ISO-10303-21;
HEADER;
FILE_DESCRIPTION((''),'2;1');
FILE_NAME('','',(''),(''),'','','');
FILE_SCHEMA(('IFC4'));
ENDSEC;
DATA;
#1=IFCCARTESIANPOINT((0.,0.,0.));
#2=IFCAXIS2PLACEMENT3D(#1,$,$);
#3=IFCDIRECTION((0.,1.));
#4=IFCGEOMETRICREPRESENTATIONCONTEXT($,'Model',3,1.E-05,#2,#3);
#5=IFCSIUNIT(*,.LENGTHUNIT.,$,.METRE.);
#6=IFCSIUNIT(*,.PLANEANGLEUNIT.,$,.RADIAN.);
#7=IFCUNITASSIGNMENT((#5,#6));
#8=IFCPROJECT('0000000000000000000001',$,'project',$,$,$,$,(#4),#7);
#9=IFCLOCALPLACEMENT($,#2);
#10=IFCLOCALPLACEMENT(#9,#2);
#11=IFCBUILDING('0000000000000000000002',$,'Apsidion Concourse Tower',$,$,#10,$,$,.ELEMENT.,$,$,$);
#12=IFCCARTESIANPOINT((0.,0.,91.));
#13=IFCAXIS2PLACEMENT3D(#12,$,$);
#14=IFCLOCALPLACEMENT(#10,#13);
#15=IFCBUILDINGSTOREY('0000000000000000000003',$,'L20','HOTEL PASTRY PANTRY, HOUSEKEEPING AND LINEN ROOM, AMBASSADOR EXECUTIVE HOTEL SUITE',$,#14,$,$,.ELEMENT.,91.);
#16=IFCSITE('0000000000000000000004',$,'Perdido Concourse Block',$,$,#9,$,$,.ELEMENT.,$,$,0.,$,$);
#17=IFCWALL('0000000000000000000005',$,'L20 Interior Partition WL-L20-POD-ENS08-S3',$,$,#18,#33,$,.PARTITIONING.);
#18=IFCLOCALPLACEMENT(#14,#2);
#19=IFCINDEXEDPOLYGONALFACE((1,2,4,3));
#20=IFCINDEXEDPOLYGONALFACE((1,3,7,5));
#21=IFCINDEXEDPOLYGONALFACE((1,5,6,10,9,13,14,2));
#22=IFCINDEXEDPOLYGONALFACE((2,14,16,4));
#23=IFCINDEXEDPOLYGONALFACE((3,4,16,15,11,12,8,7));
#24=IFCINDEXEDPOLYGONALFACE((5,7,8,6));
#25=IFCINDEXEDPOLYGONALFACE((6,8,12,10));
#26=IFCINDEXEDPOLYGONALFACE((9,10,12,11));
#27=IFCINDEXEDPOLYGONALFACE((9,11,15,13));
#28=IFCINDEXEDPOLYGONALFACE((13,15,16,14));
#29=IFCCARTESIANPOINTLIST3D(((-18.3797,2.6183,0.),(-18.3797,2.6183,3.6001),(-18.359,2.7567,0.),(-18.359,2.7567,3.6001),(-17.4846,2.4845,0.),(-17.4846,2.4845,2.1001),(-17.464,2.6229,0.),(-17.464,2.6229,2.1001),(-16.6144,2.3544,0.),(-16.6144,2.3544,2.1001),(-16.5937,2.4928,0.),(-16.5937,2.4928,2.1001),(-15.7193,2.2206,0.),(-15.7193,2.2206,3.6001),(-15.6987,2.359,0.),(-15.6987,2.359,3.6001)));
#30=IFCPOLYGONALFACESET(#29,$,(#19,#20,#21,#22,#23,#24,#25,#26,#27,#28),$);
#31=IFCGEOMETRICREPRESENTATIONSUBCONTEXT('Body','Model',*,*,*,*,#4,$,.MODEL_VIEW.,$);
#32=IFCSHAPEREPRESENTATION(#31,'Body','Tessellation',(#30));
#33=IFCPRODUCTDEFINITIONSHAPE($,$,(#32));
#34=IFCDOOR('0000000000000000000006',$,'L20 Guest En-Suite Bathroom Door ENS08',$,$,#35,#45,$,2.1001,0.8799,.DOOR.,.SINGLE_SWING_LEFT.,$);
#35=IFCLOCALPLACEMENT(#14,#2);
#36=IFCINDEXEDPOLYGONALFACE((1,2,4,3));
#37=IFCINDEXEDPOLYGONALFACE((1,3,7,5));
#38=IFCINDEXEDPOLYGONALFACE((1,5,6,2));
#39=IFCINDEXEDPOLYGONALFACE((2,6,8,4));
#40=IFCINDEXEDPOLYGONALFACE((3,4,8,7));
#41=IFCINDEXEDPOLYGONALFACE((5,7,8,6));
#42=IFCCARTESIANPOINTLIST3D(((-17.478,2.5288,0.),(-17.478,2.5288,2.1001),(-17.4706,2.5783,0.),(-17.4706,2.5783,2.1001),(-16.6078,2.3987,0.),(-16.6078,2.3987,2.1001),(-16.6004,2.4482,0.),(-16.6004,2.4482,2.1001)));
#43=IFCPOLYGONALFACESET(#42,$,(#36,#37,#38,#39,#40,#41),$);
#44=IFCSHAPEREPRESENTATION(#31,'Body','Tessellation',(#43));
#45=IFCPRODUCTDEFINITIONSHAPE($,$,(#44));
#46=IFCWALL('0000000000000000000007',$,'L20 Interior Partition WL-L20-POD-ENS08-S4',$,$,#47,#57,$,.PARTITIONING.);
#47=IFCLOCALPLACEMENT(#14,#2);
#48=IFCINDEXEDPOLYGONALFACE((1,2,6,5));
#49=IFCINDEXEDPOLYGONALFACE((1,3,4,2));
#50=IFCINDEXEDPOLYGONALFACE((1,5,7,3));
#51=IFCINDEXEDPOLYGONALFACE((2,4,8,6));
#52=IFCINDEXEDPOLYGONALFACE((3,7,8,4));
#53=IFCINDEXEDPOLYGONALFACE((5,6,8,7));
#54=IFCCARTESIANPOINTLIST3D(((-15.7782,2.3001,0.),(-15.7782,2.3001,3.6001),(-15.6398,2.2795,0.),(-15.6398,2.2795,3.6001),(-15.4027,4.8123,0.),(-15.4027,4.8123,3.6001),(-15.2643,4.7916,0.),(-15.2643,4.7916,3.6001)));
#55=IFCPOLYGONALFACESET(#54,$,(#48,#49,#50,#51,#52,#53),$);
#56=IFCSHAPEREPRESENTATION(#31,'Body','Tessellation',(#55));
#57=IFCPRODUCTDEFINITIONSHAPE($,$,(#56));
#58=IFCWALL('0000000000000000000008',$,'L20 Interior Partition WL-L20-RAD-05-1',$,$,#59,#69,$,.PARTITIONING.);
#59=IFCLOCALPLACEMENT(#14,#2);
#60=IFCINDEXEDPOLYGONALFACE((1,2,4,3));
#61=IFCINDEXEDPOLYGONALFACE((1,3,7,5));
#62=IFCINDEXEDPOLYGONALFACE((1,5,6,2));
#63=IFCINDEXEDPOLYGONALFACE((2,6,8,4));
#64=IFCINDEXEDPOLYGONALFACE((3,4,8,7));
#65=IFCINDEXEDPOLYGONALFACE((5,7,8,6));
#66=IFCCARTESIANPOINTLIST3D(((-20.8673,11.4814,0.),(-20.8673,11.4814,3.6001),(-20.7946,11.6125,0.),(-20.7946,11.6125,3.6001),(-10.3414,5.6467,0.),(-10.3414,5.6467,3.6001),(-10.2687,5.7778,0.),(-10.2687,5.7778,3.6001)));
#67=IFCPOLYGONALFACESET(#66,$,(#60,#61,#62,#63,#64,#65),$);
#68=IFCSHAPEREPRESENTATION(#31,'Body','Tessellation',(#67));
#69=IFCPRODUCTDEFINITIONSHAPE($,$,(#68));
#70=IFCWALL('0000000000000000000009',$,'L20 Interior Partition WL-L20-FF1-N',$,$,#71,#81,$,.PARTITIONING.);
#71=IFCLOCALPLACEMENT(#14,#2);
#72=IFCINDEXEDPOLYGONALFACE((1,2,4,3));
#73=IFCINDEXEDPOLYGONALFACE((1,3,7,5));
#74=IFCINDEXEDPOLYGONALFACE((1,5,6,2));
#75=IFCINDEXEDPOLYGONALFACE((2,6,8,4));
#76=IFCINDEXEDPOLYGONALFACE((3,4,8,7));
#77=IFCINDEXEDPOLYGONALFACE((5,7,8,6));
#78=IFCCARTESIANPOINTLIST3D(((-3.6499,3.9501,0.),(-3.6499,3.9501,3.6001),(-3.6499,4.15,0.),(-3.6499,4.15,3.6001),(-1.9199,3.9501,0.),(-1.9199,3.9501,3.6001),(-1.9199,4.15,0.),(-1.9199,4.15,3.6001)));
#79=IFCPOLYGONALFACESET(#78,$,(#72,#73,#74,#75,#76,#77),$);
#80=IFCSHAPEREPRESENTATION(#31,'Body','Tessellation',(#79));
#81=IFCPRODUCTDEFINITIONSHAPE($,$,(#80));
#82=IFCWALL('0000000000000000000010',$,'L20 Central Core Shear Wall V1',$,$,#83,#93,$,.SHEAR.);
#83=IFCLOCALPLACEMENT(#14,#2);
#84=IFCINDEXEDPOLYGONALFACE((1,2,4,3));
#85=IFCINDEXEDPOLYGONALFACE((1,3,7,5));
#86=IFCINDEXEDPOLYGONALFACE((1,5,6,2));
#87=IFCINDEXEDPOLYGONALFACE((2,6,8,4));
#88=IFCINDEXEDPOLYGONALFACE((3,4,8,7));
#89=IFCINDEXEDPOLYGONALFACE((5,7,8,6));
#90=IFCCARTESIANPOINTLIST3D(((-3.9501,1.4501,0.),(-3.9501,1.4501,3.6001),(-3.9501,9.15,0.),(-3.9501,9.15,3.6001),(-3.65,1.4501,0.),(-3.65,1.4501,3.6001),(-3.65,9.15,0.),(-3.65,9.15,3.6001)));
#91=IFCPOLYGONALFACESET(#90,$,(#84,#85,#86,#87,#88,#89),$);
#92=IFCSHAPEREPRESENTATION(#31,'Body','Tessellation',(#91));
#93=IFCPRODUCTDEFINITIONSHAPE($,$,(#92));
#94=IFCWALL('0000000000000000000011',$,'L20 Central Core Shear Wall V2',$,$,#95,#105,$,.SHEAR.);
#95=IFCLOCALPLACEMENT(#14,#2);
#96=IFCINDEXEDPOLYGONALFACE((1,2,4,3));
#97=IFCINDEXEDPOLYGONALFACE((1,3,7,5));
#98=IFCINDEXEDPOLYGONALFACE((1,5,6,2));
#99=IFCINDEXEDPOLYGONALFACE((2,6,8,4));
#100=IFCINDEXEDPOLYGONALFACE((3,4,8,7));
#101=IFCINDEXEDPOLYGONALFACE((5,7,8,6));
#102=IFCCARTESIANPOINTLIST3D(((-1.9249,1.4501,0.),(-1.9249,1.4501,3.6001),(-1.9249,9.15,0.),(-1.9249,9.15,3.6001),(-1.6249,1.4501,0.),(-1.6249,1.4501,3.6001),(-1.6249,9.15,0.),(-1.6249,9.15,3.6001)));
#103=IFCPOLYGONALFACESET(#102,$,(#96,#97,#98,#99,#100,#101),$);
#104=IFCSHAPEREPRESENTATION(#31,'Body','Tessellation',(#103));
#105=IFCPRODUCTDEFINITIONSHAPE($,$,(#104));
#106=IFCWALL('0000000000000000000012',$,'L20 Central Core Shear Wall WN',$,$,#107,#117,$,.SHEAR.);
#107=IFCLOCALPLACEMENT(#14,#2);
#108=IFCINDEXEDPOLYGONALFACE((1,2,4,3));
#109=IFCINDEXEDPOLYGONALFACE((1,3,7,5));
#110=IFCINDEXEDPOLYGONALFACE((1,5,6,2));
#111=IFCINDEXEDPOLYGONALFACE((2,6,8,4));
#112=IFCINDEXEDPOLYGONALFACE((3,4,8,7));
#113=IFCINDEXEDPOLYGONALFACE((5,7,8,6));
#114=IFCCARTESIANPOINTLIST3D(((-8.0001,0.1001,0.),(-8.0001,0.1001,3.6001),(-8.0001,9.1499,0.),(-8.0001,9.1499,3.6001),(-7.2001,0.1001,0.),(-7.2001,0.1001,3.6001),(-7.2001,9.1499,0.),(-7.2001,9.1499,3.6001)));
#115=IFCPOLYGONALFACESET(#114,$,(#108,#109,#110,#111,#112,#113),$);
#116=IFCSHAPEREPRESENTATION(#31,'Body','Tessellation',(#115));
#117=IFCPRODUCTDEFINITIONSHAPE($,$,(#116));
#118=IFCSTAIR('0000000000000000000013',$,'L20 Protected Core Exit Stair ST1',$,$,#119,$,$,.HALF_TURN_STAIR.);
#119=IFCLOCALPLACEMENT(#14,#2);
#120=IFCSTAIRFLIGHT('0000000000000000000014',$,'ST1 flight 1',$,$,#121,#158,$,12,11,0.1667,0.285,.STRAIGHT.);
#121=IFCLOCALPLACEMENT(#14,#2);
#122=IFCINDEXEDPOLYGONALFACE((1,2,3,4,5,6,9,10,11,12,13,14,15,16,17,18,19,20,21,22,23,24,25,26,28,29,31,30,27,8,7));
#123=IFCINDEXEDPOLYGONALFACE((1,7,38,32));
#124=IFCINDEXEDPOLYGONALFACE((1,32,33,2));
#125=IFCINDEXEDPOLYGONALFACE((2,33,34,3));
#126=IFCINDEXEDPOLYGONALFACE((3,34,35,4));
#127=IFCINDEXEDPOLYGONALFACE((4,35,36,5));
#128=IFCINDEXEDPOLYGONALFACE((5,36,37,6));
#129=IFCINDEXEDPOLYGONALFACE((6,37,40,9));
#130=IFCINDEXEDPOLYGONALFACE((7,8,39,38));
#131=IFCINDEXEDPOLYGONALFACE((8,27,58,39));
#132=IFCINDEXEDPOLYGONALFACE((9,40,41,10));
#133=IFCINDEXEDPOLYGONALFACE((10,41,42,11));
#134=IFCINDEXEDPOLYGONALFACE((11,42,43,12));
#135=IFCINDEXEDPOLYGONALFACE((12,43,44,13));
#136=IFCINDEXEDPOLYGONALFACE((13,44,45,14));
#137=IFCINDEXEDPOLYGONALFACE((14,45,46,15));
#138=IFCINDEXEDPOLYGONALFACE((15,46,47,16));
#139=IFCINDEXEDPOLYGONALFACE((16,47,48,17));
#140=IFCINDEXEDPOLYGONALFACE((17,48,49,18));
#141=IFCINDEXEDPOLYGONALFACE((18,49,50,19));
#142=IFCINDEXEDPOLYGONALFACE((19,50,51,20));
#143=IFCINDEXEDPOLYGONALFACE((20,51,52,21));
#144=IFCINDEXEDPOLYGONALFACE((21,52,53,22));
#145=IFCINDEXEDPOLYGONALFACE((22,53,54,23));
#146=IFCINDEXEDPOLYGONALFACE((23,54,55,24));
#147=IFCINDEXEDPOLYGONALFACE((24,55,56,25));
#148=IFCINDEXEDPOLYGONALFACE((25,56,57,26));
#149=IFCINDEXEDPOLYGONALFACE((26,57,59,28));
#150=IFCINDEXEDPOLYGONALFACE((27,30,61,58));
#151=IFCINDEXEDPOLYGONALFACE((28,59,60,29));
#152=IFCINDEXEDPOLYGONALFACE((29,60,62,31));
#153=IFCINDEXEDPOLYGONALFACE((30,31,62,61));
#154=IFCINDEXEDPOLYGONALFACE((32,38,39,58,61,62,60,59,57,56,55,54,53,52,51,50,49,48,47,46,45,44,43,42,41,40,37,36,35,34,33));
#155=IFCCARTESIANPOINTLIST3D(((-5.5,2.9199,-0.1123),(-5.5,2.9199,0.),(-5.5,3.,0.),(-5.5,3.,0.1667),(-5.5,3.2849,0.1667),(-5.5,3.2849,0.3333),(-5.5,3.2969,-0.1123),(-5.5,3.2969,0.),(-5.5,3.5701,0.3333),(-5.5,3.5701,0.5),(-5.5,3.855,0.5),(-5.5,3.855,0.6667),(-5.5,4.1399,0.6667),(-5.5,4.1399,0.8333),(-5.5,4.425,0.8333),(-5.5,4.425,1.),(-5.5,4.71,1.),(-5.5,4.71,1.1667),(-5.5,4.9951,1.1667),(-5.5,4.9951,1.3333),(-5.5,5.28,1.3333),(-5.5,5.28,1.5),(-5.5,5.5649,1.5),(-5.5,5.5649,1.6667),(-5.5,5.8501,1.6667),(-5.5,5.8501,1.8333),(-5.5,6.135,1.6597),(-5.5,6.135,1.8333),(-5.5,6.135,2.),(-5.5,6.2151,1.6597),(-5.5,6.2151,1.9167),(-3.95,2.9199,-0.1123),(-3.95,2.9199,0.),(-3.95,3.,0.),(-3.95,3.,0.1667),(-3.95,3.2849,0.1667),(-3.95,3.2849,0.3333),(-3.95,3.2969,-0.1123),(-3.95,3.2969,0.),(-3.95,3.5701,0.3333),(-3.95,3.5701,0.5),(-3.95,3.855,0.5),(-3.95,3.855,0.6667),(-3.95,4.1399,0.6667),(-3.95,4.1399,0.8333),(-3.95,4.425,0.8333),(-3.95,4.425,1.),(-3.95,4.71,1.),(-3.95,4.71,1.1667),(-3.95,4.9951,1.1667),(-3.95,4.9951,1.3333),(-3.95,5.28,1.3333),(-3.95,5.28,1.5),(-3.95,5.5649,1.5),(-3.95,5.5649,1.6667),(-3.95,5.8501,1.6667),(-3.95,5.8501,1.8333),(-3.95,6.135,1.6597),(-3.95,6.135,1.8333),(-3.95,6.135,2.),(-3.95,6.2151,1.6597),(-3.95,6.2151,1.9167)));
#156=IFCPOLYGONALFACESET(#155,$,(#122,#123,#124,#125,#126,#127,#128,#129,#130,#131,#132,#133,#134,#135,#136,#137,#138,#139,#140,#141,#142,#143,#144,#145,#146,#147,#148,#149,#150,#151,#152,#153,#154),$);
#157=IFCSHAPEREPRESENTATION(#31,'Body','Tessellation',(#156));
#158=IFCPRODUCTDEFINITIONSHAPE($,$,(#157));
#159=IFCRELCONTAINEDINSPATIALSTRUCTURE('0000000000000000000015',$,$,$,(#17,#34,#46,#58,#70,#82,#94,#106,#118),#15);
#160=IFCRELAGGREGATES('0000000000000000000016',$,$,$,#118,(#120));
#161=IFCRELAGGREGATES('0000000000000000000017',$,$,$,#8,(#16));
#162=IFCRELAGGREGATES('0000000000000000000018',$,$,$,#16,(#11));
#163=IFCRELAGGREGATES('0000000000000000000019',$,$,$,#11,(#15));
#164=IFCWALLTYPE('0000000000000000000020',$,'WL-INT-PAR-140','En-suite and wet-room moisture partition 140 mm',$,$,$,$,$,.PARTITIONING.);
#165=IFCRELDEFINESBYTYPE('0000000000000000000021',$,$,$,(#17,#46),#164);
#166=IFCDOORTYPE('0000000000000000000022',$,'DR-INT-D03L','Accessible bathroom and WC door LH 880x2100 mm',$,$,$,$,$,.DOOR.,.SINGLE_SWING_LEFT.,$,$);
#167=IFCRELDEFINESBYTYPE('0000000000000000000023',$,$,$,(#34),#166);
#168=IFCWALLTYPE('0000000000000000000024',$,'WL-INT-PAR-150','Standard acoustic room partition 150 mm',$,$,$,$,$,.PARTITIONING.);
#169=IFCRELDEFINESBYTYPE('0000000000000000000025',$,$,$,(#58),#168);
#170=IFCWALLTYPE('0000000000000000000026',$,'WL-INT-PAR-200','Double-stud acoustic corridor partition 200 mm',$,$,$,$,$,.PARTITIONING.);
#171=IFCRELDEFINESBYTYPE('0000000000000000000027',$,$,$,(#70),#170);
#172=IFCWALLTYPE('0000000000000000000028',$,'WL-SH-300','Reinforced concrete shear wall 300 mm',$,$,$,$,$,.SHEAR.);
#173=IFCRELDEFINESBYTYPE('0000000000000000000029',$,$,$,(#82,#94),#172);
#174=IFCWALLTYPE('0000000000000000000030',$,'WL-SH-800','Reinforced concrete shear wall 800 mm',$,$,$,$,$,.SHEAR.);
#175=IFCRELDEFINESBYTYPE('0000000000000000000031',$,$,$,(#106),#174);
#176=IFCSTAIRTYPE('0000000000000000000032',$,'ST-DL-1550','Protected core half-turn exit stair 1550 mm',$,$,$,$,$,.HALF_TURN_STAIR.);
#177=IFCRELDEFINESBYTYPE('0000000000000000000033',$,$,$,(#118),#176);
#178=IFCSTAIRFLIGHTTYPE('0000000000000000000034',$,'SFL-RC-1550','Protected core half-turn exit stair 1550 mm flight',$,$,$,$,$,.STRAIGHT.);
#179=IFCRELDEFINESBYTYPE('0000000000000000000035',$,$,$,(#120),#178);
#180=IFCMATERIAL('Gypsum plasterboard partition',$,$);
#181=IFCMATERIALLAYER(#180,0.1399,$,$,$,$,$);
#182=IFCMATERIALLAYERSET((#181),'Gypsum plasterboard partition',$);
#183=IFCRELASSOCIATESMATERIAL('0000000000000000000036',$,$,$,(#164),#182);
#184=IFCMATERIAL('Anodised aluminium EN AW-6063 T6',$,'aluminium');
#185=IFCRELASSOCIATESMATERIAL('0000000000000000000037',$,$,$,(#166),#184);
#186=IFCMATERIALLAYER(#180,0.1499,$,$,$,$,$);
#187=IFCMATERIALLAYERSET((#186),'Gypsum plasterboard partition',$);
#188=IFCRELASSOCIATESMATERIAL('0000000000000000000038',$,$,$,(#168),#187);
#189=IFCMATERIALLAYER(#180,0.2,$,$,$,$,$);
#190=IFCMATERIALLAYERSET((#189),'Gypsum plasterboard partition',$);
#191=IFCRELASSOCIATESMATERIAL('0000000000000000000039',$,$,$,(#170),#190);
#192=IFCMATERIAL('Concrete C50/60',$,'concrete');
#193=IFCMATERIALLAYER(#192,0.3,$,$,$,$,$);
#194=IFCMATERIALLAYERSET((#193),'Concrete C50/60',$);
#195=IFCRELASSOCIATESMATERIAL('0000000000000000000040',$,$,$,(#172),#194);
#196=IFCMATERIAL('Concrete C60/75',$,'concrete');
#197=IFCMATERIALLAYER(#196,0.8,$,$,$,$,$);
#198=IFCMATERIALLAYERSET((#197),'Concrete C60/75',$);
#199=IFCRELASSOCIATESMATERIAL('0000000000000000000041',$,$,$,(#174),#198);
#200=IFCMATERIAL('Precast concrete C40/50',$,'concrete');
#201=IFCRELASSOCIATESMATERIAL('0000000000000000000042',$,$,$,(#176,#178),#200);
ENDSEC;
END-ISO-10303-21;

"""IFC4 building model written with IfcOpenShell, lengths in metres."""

from ifc_helpers import new_model, si_unit, direction, frame, frame_2d, origin, place, context, subcontext, project, spatial, polyline, rectangle, outline, extrude, material, layer, layer_set, type_object, element, fill, aggregate, save


model = new_model("IFC4")

# Units and contexts
model_context = context("Model", 3, precision=1e-05, world=origin(), true_north=direction((0.0, 1.0)))
body_context = subcontext(model_context, "Body", "Model", "MODEL_VIEW")
ifc_project = project(units=[si_unit("LENGTHUNIT", "METRE"), si_unit("PLANEANGLEUNIT", "RADIAN")], contexts=[model_context])

# Site, building, storey
site_placement = place(None, origin())
site = spatial("IfcSite", under=ifc_project, at=site_placement, Name="Perdido Concourse Block", CompositionType="ELEMENT", RefElevation=0.0)
building_placement = place(site_placement, origin())
building = spatial("IfcBuilding", under=site, at=building_placement, Name="Apsidion Concourse Tower", CompositionType="ELEMENT")
storey_placement = place(building_placement, frame((0.0, 0.0, 91.0)))
storey = spatial("IfcBuildingStorey", under=building, at=storey_placement, Name="L20", Description="HOTEL PASTRY PANTRY, HOUSEKEEPING AND LINEN ROOM, AMBASSADOR EXECUTIVE HOTEL SUITE", CompositionType="ELEMENT", Elevation=91.0)

# Shared definitions
ifc_material_1 = material(Name="Concrete C50/60", Category="concrete")
ifc_material_2 = material(Name="Concrete C60/75", Category="concrete")

# Shared definitions
ifc_material_3 = material(Name="Gypsum plasterboard partition")
ifc_layer_1 = layer(ifc_material_3, 0.1399)
ifc_layer_set_1 = layer_set([ifc_layer_1], Name="Gypsum plasterboard partition")
wall_type_1 = type_object("IfcWallType", Name="WL-INT-PAR-140", Description="En-suite and wet-room moisture partition 140 mm", PredefinedType="PARTITIONING", material=ifc_layer_set_1)

# Wall, opening, door
wall_1_placement = place(storey_placement, frame((-18.3694, 2.6875, 0.0), z_axis=(0.0, 0.0, 1.0), x_axis=(0.98901, -0.147848, 0.0)))
wall_1 = element("IfcWall", 1, at=wall_1_placement, inside=storey, type_object=wall_type_1, Name="L20 Interior Partition WL-L20-POD-ENS08-S3", PredefinedType="PARTITIONING", context=body_context, shape_type="SweptSolid", body=[
    extrude(rectangle(XDim=2.6899, YDim=0.1399, at=frame_2d((1.345, 0.0))), origin(), (0.0, 0.0, 1.0), 3.6001),
])
opening_1_placement = place(wall_1_placement, frame((0.905, 0.0, 0.0)))
opening_1 = element("IfcOpeningElement", 2, at=opening_1_placement, cuts=wall_1, PredefinedType="OPENING", context=body_context, shape_type="SweptSolid", body=[
    extrude(rectangle(XDim=0.8799, YDim=2.1001, at=frame_2d((0.4399, 1.05))), frame((0.0, 0.0801, 0.0), z_axis=(0.0, -1.0, 0.0), x_axis=(1.0, 0.0, 0.0)), (0.0, 0.0, 1.0), 0.1599),
])
ifc_material_4 = material(Name="Anodised aluminium EN AW-6063 T6", Category="aluminium")
door_type_1 = type_object("IfcDoorType", Name="DR-INT-D03L", Description="Accessible bathroom and WC door LH 880x2100 mm", OperationType="SINGLE_SWING_LEFT", PredefinedType="DOOR", material=ifc_material_4)
door_1_placement = place(opening_1_placement, origin())
door_1 = element("IfcDoor", 3, at=door_1_placement, inside=storey, type_object=door_type_1, Name="L20 Guest En-Suite Bathroom Door ENS08", OperationType="SINGLE_SWING_LEFT", OverallHeight=2.1001, OverallWidth=0.8799, PredefinedType="DOOR", context=body_context, shape_type="SweptSolid", body=[
    extrude(rectangle(XDim=0.8799, YDim=2.1001, at=frame_2d((0.4399, 1.05))), frame((0.0, 0.0249, 0.0), z_axis=(0.0, -1.0, 0.0), x_axis=(1.0, 0.0, 0.0)), (0.0, 0.0, 1.0), 0.05),
])
fill(opening_1, door_1)

# Walls
wall_2_placement = place(storey_placement, frame((-15.709, 2.2898, 0.0), z_axis=(0.0, 0.0, 1.0), x_axis=(0.147823, 0.989014, 0.0)))
element("IfcWall", 4, at=wall_2_placement, inside=storey, type_object=wall_type_1, Name="L20 Interior Partition WL-L20-POD-ENS08-S4", PredefinedType="PARTITIONING", context=body_context, shape_type="SweptSolid", body=[
    extrude(rectangle(XDim=2.54, YDim=0.1399, at=frame_2d((1.27, 0.0))), origin(), (0.0, 0.0, 1.0), 3.6001),
])
ifc_layer_2 = layer(ifc_material_3, 0.1499)
ifc_layer_set_2 = layer_set([ifc_layer_2], Name="Gypsum plasterboard partition")
wall_type_2 = type_object("IfcWallType", Name="WL-INT-PAR-150", Description="Standard acoustic room partition 150 mm", PredefinedType="PARTITIONING", material=ifc_layer_set_2)
wall_3_placement = place(storey_placement, frame((-10.3049, 5.7122, 0.0), z_axis=(0.0, 0.0, 1.0), x_axis=(-0.874615, 0.484818, 0.0)))
element("IfcWall", 5, at=wall_3_placement, inside=storey, type_object=wall_type_2, Name="L20 Interior Partition WL-L20-RAD-05-1", PredefinedType="PARTITIONING", context=body_context, shape_type="SweptSolid", body=[
    extrude(rectangle(XDim=12.0349, YDim=0.1499, at=frame_2d((6.0176, 0.0))), origin(), (0.0, 0.0, 1.0), 3.6001),
])
ifc_layer_3 = layer(ifc_material_3, 0.2)
ifc_layer_set_3 = layer_set([ifc_layer_3], Name="Gypsum plasterboard partition")
wall_type_3 = type_object("IfcWallType", Name="WL-INT-PAR-200", Description="Double-stud acoustic corridor partition 200 mm", PredefinedType="PARTITIONING", material=ifc_layer_set_3)
wall_4_placement = place(storey_placement, frame((-3.6499, 4.05, 0.0), z_axis=(0.0, 0.0, 1.0), x_axis=(1.0, 0.0, 0.0)))
element("IfcWall", 6, at=wall_4_placement, inside=storey, type_object=wall_type_3, Name="L20 Interior Partition WL-L20-FF1-N", PredefinedType="PARTITIONING", context=body_context, shape_type="SweptSolid", body=[
    extrude(rectangle(XDim=1.73, YDim=0.2, at=frame_2d((0.865, 0.0))), origin(), (0.0, 0.0, 1.0), 3.6001),
])
ifc_layer_4 = layer(ifc_material_1, 0.3)
ifc_layer_set_4 = layer_set([ifc_layer_4], Name="Concrete C50/60")
wall_type_4 = type_object("IfcWallType", Name="WL-SH-300", Description="Reinforced concrete shear wall 300 mm", PredefinedType="SHEAR", material=ifc_layer_set_4)
for number, where, z_axis, x_axis, name in (
    (7, (-3.8, 1.45, 0.0), (0.0, 0.0, 1.0), (0.0, 1.0, 0.0), "L20 Central Core Shear Wall V1"),
    (8, (-1.7749, 1.45, 0.0), (0.0, 0.0, 1.0), (0.0, 1.0, 0.0), "L20 Central Core Shear Wall V2"),
):
    element("IfcWall", number, at=place(storey_placement, frame(where, z_axis=z_axis, x_axis=x_axis)), inside=storey, type_object=wall_type_4, Name=name, PredefinedType="SHEAR", context=body_context, shape_type="SweptSolid", body=[
        extrude(rectangle(XDim=7.7, YDim=0.3, at=frame_2d((3.8501, 0.0))), origin(), (0.0, 0.0, 1.0), 3.6001),
    ])

# Wall
ifc_layer_5 = layer(ifc_material_2, 0.8)
ifc_layer_set_5 = layer_set([ifc_layer_5], Name="Concrete C60/75")
wall_type_5 = type_object("IfcWallType", Name="WL-SH-800", Description="Reinforced concrete shear wall 800 mm", PredefinedType="SHEAR", material=ifc_layer_set_5)
wall_5_placement = place(storey_placement, frame((-7.6001, 0.1001, 0.0), z_axis=(0.0, 0.0, 1.0), x_axis=(0.0, 1.0, 0.0)))
element("IfcWall", 9, at=wall_5_placement, inside=storey, type_object=wall_type_5, Name="L20 Central Core Shear Wall WN", PredefinedType="SHEAR", context=body_context, shape_type="SweptSolid", body=[
    extrude(rectangle(XDim=9.0498, YDim=0.8, at=frame_2d((4.5249, 0.0))), origin(), (0.0, 0.0, 1.0), 3.6001),
])

# Stair, stair flight
ifc_material_5 = material(Name="Precast concrete C40/50", Category="concrete")
stair_type = type_object("IfcStairType", Name="ST-DL-1550", Description="Protected core half-turn exit stair 1550 mm", PredefinedType="HALF_TURN_STAIR", material=ifc_material_5)
stair_placement = place(storey_placement, origin())
stair = element("IfcStair", 10, at=stair_placement, inside=storey, type_object=stair_type, Name="L20 Protected Core Exit Stair ST1", PredefinedType="HALF_TURN_STAIR")
stair_flight_type = type_object("IfcStairFlightType", Name="SFL-RC-1550", Description="Protected core half-turn exit stair 1550 mm flight", PredefinedType="STRAIGHT", material=ifc_material_5)
stair_flight_1_placement = place(storey_placement, frame((-4.7251, 3.0, 0.0), z_axis=(0.0, 0.0, 1.0), x_axis=(0.0, 1.0, 0.0)))
stair_flight_1 = element("IfcStairFlight", 11, at=stair_flight_1_placement, type_object=stair_flight_type, Name="ST1 flight 1", NumberOfRisers=12, NumberOfTreads=11, PredefinedType="STRAIGHT", RiserHeight=0.1667, TreadLength=0.285, context=body_context, shape_type="SweptSolid", body=[
    extrude(outline(polyline([(-0.0801, -0.1123), (-0.0801, 0.0), (0.0, 0.0), (0.0, 0.1667), (0.2849, 0.1667), (0.2849, 0.3333), (0.5701, 0.3333), (0.5701, 0.5), (0.855, 0.5), (0.855, 0.6667), (1.1399, 0.6667), (1.1399, 0.8333), (1.425, 0.8333), (1.425, 1.0), (1.71, 1.0), (1.71, 1.1667), (1.9951, 1.1667), (1.9951, 1.3333), (2.28, 1.3333), (2.28, 1.5), (2.5649, 1.5), (2.5649, 1.6667), (2.8501, 1.6667), (2.8501, 1.8333), (3.135, 1.8333), (3.135, 2.0), (3.2151, 1.9167), (3.2151, 1.6597), (3.135, 1.6597), (0.2969, 0.0), (0.2969, -0.1123), (-0.0801, -0.1123)])), frame((0.0, 0.7749, 0.0), z_axis=(0.0, -1.0, 0.0), x_axis=(1.0, 0.0, 0.0)), (0.0, 0.0, 1.0), 1.55),
])
aggregate(stair, [stair_flight_1])

save(model, "model.ifc")
